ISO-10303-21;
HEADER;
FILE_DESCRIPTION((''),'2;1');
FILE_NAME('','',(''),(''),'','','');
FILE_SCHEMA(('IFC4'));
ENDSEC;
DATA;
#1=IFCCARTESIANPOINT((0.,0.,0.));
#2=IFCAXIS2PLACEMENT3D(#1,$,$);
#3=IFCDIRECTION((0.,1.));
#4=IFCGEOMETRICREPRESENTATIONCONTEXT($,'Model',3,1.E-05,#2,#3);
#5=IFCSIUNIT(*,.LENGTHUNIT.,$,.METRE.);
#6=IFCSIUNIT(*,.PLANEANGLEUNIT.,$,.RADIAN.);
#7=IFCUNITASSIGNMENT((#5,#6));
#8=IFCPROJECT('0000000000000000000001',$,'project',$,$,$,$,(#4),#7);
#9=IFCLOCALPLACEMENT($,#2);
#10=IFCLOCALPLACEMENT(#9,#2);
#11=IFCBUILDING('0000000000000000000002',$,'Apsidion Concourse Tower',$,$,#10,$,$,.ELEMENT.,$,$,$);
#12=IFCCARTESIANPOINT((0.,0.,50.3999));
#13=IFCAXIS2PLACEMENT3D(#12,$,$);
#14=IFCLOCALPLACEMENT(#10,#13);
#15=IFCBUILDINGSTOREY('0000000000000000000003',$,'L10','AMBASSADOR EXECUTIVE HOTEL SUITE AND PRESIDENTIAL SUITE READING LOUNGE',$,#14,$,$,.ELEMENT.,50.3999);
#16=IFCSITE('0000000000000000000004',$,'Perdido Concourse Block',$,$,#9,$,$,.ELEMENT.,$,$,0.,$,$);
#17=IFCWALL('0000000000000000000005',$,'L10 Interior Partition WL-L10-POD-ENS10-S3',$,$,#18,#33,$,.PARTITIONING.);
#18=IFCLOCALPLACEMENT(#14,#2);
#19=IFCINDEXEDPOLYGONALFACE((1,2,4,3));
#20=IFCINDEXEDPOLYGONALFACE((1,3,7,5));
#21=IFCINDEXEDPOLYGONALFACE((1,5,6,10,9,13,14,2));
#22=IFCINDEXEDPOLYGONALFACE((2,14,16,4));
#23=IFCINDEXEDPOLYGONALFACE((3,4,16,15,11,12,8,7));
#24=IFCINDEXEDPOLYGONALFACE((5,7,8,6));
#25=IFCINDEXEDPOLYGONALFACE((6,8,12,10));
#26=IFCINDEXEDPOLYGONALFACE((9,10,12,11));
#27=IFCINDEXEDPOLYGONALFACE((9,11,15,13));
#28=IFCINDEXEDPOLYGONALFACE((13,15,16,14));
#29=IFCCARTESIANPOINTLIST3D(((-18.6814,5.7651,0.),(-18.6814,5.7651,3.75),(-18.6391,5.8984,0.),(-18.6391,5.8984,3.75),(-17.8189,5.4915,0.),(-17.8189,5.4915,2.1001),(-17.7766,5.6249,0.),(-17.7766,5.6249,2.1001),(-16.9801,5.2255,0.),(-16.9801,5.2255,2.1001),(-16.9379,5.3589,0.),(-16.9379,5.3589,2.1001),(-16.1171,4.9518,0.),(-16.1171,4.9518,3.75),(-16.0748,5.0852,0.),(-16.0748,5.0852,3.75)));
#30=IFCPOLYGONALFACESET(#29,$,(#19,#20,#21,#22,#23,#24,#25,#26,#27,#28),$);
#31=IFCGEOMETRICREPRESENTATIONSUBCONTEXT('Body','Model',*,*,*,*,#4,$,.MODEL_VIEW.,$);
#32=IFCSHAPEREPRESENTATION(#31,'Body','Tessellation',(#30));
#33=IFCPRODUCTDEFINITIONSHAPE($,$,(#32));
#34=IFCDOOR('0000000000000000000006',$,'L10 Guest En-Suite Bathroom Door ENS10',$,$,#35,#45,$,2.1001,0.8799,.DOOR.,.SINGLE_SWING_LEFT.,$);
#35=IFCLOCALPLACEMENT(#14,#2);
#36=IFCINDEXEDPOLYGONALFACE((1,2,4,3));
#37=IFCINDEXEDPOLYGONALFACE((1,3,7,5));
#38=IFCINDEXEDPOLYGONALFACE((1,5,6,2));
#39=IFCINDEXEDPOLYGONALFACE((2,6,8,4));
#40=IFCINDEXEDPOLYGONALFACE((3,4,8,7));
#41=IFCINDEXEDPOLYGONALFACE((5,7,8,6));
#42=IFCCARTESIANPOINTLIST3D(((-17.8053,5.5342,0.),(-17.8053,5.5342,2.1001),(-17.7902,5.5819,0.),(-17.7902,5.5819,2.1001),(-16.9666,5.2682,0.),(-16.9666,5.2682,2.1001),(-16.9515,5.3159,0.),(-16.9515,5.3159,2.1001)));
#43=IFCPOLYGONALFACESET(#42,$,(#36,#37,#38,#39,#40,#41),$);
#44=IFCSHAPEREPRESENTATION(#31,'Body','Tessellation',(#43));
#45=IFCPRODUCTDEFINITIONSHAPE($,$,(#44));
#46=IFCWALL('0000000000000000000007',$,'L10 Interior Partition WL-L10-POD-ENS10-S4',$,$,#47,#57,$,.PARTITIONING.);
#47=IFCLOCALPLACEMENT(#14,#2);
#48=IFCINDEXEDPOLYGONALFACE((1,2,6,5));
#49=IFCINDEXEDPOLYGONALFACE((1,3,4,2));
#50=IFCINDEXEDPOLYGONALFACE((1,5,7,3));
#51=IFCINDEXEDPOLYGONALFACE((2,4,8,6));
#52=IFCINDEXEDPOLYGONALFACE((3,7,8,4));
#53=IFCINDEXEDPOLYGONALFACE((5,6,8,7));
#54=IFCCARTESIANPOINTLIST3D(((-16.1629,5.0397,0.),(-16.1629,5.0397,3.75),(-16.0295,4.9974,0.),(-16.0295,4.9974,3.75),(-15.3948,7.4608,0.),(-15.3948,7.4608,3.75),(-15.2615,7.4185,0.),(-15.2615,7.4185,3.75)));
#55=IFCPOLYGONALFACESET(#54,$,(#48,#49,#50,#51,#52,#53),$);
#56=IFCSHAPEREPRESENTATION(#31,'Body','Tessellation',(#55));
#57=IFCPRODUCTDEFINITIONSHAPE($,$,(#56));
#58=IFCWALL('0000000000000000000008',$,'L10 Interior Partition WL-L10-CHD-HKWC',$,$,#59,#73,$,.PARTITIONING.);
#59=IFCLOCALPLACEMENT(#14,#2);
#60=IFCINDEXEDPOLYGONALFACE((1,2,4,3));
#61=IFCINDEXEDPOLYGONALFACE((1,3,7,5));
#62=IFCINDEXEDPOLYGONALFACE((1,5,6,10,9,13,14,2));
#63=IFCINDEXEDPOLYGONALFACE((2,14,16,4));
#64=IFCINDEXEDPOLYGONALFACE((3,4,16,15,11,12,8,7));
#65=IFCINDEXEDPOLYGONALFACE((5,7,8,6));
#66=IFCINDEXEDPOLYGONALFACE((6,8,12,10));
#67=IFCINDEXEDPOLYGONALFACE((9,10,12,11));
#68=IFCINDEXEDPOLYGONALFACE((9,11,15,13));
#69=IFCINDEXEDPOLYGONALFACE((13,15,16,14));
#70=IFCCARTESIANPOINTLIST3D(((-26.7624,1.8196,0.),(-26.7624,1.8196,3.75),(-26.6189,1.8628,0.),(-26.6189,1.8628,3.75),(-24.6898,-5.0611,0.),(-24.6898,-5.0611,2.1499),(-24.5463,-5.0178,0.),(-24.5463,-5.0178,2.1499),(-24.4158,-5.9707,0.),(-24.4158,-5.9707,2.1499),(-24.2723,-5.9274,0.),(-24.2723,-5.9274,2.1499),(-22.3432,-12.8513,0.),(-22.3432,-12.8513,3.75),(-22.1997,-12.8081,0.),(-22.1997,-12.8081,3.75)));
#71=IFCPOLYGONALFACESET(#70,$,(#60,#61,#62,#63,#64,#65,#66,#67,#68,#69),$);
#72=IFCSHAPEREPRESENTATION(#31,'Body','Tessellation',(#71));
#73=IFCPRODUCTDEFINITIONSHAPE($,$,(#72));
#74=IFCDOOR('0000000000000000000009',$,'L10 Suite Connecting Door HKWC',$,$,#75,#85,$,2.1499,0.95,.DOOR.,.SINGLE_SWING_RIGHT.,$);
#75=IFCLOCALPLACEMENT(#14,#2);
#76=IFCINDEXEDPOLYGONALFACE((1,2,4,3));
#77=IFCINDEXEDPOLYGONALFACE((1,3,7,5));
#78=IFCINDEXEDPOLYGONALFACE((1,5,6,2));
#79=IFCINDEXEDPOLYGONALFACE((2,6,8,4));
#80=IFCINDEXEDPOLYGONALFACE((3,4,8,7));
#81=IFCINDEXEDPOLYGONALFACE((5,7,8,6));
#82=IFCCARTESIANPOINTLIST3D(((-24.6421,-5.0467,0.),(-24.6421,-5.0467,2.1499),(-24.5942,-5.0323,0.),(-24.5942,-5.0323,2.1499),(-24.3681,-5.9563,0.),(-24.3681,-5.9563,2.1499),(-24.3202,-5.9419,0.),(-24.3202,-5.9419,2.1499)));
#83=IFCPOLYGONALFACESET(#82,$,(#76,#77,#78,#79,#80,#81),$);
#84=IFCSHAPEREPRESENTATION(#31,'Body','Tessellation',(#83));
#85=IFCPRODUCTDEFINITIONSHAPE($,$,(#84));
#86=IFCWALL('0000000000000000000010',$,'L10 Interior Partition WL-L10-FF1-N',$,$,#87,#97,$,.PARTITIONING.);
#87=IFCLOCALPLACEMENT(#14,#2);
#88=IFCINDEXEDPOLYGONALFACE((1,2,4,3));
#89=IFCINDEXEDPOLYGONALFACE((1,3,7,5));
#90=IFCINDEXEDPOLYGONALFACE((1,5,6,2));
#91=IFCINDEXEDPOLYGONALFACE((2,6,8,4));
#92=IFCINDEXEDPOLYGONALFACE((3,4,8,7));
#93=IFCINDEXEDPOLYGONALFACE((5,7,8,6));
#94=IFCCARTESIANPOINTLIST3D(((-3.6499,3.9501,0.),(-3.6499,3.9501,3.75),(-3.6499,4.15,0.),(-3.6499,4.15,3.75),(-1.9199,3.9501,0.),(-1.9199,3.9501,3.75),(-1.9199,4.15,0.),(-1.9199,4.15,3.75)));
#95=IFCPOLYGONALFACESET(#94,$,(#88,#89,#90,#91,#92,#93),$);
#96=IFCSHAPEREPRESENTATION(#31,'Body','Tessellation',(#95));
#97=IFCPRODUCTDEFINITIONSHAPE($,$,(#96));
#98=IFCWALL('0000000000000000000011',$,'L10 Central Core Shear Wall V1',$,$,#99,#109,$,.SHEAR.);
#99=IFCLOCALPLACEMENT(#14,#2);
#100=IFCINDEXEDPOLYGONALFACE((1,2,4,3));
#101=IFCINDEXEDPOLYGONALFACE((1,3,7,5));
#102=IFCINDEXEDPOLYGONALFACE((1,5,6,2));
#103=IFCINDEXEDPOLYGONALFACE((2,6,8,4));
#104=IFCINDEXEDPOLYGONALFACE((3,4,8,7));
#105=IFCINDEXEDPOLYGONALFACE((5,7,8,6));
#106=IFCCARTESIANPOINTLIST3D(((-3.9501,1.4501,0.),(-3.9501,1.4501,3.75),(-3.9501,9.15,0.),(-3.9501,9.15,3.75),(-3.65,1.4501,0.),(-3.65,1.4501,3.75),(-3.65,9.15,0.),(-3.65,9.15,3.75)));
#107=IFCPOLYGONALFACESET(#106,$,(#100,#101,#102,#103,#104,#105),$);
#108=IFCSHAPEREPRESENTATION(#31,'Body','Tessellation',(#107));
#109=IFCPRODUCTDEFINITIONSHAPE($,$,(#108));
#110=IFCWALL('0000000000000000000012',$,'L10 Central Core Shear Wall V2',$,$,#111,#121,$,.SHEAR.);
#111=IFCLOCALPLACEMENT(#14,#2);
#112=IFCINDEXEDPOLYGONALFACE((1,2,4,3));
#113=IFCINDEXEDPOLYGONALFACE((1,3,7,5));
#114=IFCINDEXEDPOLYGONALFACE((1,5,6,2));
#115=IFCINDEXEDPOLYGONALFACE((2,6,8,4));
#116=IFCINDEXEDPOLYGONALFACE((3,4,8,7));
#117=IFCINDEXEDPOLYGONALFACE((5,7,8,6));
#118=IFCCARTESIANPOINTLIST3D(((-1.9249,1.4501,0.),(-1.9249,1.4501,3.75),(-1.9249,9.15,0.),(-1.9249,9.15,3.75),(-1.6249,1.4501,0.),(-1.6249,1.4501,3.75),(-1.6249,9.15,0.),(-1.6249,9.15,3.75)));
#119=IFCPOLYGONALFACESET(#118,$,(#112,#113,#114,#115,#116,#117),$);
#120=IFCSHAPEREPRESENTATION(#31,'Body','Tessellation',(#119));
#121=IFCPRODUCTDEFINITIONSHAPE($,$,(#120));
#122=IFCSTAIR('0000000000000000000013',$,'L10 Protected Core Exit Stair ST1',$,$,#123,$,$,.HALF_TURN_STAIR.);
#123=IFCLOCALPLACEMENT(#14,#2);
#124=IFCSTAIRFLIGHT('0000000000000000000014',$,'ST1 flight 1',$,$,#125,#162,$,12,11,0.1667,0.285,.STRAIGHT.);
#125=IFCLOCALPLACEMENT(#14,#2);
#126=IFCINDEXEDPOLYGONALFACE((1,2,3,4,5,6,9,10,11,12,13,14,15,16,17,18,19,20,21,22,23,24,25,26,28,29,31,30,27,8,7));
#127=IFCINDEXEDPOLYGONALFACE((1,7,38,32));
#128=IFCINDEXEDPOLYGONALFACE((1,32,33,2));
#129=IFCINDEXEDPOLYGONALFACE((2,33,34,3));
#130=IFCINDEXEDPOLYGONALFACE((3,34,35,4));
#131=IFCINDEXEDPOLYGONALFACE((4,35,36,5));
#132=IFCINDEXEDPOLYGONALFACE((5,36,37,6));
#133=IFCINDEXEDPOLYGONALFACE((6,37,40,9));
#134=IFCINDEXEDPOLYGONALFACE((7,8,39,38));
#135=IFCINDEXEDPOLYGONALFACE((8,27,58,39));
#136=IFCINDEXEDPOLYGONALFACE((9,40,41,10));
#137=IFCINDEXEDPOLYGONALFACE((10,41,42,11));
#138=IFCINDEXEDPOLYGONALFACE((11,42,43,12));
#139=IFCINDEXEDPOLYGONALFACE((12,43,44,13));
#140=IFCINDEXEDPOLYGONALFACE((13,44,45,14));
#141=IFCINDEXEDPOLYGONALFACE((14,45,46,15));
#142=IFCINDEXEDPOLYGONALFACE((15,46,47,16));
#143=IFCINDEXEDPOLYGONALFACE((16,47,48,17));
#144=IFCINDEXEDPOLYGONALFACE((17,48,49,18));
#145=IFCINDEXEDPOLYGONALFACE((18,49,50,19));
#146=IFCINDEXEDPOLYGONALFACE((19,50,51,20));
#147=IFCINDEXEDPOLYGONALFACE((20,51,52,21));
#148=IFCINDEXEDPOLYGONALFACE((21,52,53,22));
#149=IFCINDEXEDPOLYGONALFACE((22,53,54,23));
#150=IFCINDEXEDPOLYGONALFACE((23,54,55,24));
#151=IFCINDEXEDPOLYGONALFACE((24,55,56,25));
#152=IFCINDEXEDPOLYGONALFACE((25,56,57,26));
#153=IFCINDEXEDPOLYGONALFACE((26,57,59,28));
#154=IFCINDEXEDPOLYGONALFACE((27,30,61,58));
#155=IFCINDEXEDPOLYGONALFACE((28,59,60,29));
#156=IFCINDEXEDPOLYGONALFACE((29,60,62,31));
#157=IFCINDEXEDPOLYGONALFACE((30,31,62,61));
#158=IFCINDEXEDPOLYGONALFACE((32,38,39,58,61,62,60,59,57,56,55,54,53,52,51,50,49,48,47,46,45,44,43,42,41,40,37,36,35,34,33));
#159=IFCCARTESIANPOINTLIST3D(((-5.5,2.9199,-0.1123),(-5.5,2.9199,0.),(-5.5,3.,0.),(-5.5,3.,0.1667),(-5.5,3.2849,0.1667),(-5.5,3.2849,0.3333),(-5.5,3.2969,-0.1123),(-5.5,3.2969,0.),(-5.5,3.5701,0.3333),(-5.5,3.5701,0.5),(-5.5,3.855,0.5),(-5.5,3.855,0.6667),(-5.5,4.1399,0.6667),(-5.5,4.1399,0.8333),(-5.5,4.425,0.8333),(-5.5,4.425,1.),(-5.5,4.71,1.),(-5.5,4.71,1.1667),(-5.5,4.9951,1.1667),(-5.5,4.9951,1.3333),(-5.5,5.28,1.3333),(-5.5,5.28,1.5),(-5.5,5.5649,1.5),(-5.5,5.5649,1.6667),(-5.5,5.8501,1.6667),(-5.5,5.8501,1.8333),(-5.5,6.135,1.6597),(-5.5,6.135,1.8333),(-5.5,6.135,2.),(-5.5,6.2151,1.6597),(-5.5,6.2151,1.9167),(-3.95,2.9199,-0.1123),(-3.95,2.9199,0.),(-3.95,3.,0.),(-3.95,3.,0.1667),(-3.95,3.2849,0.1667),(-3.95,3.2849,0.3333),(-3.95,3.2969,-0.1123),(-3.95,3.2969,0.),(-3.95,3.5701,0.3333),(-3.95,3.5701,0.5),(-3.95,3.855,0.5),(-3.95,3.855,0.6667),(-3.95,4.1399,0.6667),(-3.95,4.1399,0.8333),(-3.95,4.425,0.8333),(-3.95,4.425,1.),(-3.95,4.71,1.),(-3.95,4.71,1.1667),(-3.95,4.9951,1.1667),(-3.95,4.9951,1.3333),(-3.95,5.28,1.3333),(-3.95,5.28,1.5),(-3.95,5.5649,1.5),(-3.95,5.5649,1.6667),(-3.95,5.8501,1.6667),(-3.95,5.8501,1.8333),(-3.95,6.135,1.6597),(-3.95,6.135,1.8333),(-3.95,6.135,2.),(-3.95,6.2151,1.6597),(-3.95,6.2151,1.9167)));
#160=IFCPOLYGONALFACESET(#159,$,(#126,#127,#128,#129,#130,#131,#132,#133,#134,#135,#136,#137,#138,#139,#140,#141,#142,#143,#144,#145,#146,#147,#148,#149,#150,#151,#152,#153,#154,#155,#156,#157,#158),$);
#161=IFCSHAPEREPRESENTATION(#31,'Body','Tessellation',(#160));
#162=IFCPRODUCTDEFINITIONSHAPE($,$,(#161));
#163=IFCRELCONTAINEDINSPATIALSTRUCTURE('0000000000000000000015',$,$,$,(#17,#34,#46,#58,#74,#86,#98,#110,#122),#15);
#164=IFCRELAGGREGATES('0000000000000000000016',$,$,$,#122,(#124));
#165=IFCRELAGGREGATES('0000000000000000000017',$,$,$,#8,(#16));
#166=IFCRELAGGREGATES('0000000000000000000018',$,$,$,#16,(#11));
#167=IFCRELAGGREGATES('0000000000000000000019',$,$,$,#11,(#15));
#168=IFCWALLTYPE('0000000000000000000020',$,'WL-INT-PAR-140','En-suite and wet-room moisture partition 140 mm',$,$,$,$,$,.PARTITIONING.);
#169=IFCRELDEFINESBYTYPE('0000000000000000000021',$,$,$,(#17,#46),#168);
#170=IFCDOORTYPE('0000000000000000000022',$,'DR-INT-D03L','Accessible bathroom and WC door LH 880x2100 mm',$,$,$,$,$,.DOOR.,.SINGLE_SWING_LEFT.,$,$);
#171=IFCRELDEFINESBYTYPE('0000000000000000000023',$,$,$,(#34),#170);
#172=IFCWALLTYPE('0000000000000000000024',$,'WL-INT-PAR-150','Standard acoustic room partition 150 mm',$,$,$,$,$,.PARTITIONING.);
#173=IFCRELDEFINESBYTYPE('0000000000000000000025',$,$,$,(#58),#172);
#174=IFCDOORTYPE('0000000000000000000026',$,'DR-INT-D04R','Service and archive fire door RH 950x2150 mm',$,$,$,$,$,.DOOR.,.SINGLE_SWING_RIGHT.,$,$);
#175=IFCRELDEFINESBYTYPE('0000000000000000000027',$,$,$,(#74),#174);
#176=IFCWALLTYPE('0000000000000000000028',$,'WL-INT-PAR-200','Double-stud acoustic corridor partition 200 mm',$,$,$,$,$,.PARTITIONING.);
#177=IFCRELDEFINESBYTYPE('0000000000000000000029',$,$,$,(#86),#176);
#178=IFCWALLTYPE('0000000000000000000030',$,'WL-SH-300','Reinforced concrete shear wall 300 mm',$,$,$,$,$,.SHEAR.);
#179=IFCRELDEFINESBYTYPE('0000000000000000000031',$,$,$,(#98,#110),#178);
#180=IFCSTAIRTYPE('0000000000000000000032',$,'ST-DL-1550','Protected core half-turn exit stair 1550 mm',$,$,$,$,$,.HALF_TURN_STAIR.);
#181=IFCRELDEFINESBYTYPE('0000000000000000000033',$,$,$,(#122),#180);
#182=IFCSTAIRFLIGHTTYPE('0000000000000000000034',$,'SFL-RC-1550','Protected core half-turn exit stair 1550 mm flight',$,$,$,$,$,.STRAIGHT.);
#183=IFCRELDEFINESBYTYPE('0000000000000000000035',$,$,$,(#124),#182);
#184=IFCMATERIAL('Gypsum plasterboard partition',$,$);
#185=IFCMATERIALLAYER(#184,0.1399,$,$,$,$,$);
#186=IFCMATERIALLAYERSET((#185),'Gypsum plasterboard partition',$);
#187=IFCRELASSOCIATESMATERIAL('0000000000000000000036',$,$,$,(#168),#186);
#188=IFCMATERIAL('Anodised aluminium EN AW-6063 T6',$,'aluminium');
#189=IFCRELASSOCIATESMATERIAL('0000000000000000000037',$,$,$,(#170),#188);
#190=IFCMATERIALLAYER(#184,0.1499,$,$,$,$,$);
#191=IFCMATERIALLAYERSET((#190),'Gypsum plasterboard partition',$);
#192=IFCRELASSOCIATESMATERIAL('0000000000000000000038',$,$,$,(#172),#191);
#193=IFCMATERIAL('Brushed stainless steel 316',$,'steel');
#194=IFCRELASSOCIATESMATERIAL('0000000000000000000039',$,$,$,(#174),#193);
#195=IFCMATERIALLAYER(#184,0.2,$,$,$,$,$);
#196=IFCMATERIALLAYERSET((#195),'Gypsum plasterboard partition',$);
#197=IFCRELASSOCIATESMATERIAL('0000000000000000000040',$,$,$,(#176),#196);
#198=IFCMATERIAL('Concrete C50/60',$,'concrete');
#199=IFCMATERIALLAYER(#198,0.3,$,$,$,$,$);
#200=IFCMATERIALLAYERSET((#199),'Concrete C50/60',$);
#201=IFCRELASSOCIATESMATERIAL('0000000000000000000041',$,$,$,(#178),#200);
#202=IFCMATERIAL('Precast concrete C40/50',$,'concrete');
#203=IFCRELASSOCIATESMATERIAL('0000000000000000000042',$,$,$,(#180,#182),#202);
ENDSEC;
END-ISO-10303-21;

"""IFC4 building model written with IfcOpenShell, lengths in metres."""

from ifc_helpers import new_model, si_unit, direction, frame, frame_2d, origin, place, context, subcontext, project, spatial, polyline, rectangle, outline, extrude, material, layer, layer_set, type_object, element, fill, aggregate, save


model = new_model("IFC4")

# Units and contexts
model_context = context("Model", 3, precision=1e-05, world=origin(), true_north=direction((0.0, 1.0)))
body_context = subcontext(model_context, "Body", "Model", "MODEL_VIEW")
ifc_project = project(units=[si_unit("LENGTHUNIT", "METRE"), si_unit("PLANEANGLEUNIT", "RADIAN")], contexts=[model_context])

# Site, building, storey
site_placement = place(None, origin())
site = spatial("IfcSite", under=ifc_project, at=site_placement, Name="Perdido Concourse Block", CompositionType="ELEMENT", RefElevation=0.0)
building_placement = place(site_placement, origin())
building = spatial("IfcBuilding", under=site, at=building_placement, Name="Apsidion Concourse Tower", CompositionType="ELEMENT")
storey_placement = place(building_placement, frame((0.0, 0.0, 50.3999)))
storey = spatial("IfcBuildingStorey", under=building, at=storey_placement, Name="L10", Description="AMBASSADOR EXECUTIVE HOTEL SUITE AND PRESIDENTIAL SUITE READING LOUNGE", CompositionType="ELEMENT", Elevation=50.3999)

# Shared definitions
ifc_material_1 = material(Name="Concrete C50/60", Category="concrete")

# Shared definitions
ifc_material_2 = material(Name="Gypsum plasterboard partition")
ifc_layer_1 = layer(ifc_material_2, 0.1399)
ifc_layer_set_1 = layer_set([ifc_layer_1], Name="Gypsum plasterboard partition")
wall_type_1 = type_object("IfcWallType", Name="WL-INT-PAR-140", Description="En-suite and wet-room moisture partition 140 mm", PredefinedType="PARTITIONING", material=ifc_layer_set_1)

# Wall, opening, door
wall_1_placement = place(storey_placement, frame((-18.6604, 5.8318, 0.0), z_axis=(0.0, 0.0, 1.0), x_axis=(0.95321, -0.302308, 0.0)))
wall_1 = element("IfcWall", 1, at=wall_1_placement, inside=storey, type_object=wall_type_1, Name="L10 Interior Partition WL-L10-POD-ENS10-S3", PredefinedType="PARTITIONING", context=body_context, shape_type="SweptSolid", body=[
    extrude(rectangle(XDim=2.6902, YDim=0.1399, at=frame_2d((1.3452, 0.0))), origin(), (0.0, 0.0, 1.0), 3.75),
])
opening_1_placement = place(wall_1_placement, frame((0.905, 0.0, 0.0)))
opening_1 = element("IfcOpeningElement", 2, at=opening_1_placement, cuts=wall_1, PredefinedType="OPENING", context=body_context, shape_type="SweptSolid", body=[
    extrude(rectangle(XDim=0.8799, YDim=2.1001, at=frame_2d((0.4399, 1.05))), frame((0.0, 0.0801, 0.0), z_axis=(0.0, -1.0, 0.0), x_axis=(1.0, 0.0, 0.0)), (0.0, 0.0, 1.0), 0.1599),
])
ifc_material_3 = material(Name="Anodised aluminium EN AW-6063 T6", Category="aluminium")
door_type_1 = type_object("IfcDoorType", Name="DR-INT-D03L", Description="Accessible bathroom and WC door LH 880x2100 mm", OperationType="SINGLE_SWING_LEFT", PredefinedType="DOOR", material=ifc_material_3)
door_1_placement = place(opening_1_placement, origin())
door_1 = element("IfcDoor", 3, at=door_1_placement, inside=storey, type_object=door_type_1, Name="L10 Guest En-Suite Bathroom Door ENS10", OperationType="SINGLE_SWING_LEFT", OverallHeight=2.1001, OverallWidth=0.8799, PredefinedType="DOOR", context=body_context, shape_type="SweptSolid", body=[
    extrude(rectangle(XDim=0.8799, YDim=2.1001, at=frame_2d((0.4399, 1.05))), frame((0.0, 0.0249, 0.0), z_axis=(0.0, -1.0, 0.0), x_axis=(1.0, 0.0, 0.0)), (0.0, 0.0, 1.0), 0.05),
])
fill(opening_1, door_1)

# Wall
wall_2_placement = place(storey_placement, frame((-16.0962, 5.0186, 0.0), z_axis=(0.0, 0.0, 1.0), x_axis=(0.302382, 0.953187, 0.0)))
element("IfcWall", 4, at=wall_2_placement, inside=storey, type_object=wall_type_1, Name="L10 Interior Partition WL-L10-POD-ENS10-S4", PredefinedType="PARTITIONING", context=body_context, shape_type="SweptSolid", body=[
    extrude(rectangle(XDim=2.54, YDim=0.1399, at=frame_2d((1.27, 0.0))), origin(), (0.0, 0.0, 1.0), 3.75),
])

# Wall, opening, door
ifc_layer_2 = layer(ifc_material_2, 0.1499)
ifc_layer_set_2 = layer_set([ifc_layer_2], Name="Gypsum plasterboard partition")
wall_type_2 = type_object("IfcWallType", Name="WL-INT-PAR-150", Description="Standard acoustic room partition 150 mm", PredefinedType="PARTITIONING", material=ifc_layer_set_2)
wall_3_placement = place(storey_placement, frame((-26.6907, 1.8413, 0.0), z_axis=(0.0, 0.0, 1.0), x_axis=(0.288421, -0.957504, 0.0)))
wall_3 = element("IfcWall", 5, at=wall_3_placement, inside=storey, type_object=wall_type_2, Name="L10 Interior Partition WL-L10-CHD-HKWC", PredefinedType="PARTITIONING", context=body_context, shape_type="SweptSolid", body=[
    extrude(rectangle(XDim=15.322, YDim=0.1499, at=frame_2d((7.6611, 0.0))), origin(), (0.0, 0.0, 1.0), 3.75),
])
opening_2_placement = place(wall_3_placement, frame((7.186, 0.0, 0.0)))
opening_2 = element("IfcOpeningElement", 6, at=opening_2_placement, cuts=wall_3, PredefinedType="OPENING", context=body_context, shape_type="SweptSolid", body=[
    extrude(rectangle(XDim=0.95, YDim=2.1499, at=frame_2d((0.4751, 1.075))), frame((0.0, 0.085, 0.0), z_axis=(0.0, -1.0, 0.0), x_axis=(1.0, 0.0, 0.0)), (0.0, 0.0, 1.0), 0.1699),
])
ifc_material_4 = material(Name="Brushed stainless steel 316", Category="steel")
door_type_2 = type_object("IfcDoorType", Name="DR-INT-D04R", Description="Service and archive fire door RH 950x2150 mm", OperationType="SINGLE_SWING_RIGHT", PredefinedType="DOOR", material=ifc_material_4)
door_2_placement = place(opening_2_placement, origin())
door_2 = element("IfcDoor", 7, at=door_2_placement, inside=storey, type_object=door_type_2, Name="L10 Suite Connecting Door HKWC", OperationType="SINGLE_SWING_RIGHT", OverallHeight=2.1499, OverallWidth=0.95, PredefinedType="DOOR", context=body_context, shape_type="SweptSolid", body=[
    extrude(rectangle(XDim=0.95, YDim=2.1499, at=frame_2d((0.4751, 1.075))), frame((0.0, 0.0249, 0.0), z_axis=(0.0, -1.0, 0.0), x_axis=(1.0, 0.0, 0.0)), (0.0, 0.0, 1.0), 0.05),
])
fill(opening_2, door_2)

# Walls
ifc_layer_3 = layer(ifc_material_2, 0.2)
ifc_layer_set_3 = layer_set([ifc_layer_3], Name="Gypsum plasterboard partition")
wall_type_3 = type_object("IfcWallType", Name="WL-INT-PAR-200", Description="Double-stud acoustic corridor partition 200 mm", PredefinedType="PARTITIONING", material=ifc_layer_set_3)
wall_4_placement = place(storey_placement, frame((-3.6499, 4.05, 0.0), z_axis=(0.0, 0.0, 1.0), x_axis=(1.0, 0.0, 0.0)))
element("IfcWall", 8, at=wall_4_placement, inside=storey, type_object=wall_type_3, Name="L10 Interior Partition WL-L10-FF1-N", PredefinedType="PARTITIONING", context=body_context, shape_type="SweptSolid", body=[
    extrude(rectangle(XDim=1.73, YDim=0.2, at=frame_2d((0.865, 0.0))), origin(), (0.0, 0.0, 1.0), 3.75),
])
ifc_layer_4 = layer(ifc_material_1, 0.3)
ifc_layer_set_4 = layer_set([ifc_layer_4], Name="Concrete C50/60")
wall_type_4 = type_object("IfcWallType", Name="WL-SH-300", Description="Reinforced concrete shear wall 300 mm", PredefinedType="SHEAR", material=ifc_layer_set_4)
for number, where, z_axis, x_axis, name in (
    (9, (-3.8, 1.45, 0.0), (0.0, 0.0, 1.0), (0.0, 1.0, 0.0), "L10 Central Core Shear Wall V1"),
    (10, (-1.7749, 1.45, 0.0), (0.0, 0.0, 1.0), (0.0, 1.0, 0.0), "L10 Central Core Shear Wall V2"),
):
    element("IfcWall", number, at=place(storey_placement, frame(where, z_axis=z_axis, x_axis=x_axis)), inside=storey, type_object=wall_type_4, Name=name, PredefinedType="SHEAR", context=body_context, shape_type="SweptSolid", body=[
        extrude(rectangle(XDim=7.7, YDim=0.3, at=frame_2d((3.8501, 0.0))), origin(), (0.0, 0.0, 1.0), 3.75),
    ])

# Stair, stair flight
ifc_material_5 = material(Name="Precast concrete C40/50", Category="concrete")
stair_type = type_object("IfcStairType", Name="ST-DL-1550", Description="Protected core half-turn exit stair 1550 mm", PredefinedType="HALF_TURN_STAIR", material=ifc_material_5)
stair_placement = place(storey_placement, origin())
stair = element("IfcStair", 11, at=stair_placement, inside=storey, type_object=stair_type, Name="L10 Protected Core Exit Stair ST1", PredefinedType="HALF_TURN_STAIR")
stair_flight_type = type_object("IfcStairFlightType", Name="SFL-RC-1550", Description="Protected core half-turn exit stair 1550 mm flight", PredefinedType="STRAIGHT", material=ifc_material_5)
stair_flight_1_placement = place(storey_placement, frame((-4.7251, 3.0, 0.0), z_axis=(0.0, 0.0, 1.0), x_axis=(0.0, 1.0, 0.0)))
stair_flight_1 = element("IfcStairFlight", 12, at=stair_flight_1_placement, type_object=stair_flight_type, Name="ST1 flight 1", NumberOfRisers=12, NumberOfTreads=11, PredefinedType="STRAIGHT", RiserHeight=0.1667, TreadLength=0.285, context=body_context, shape_type="SweptSolid", body=[
    extrude(outline(polyline([(-0.0801, -0.1123), (-0.0801, 0.0), (0.0, 0.0), (0.0, 0.1667), (0.2849, 0.1667), (0.2849, 0.3333), (0.5701, 0.3333), (0.5701, 0.5), (0.855, 0.5), (0.855, 0.6667), (1.1399, 0.6667), (1.1399, 0.8333), (1.425, 0.8333), (1.425, 1.0), (1.71, 1.0), (1.71, 1.1667), (1.9951, 1.1667), (1.9951, 1.3333), (2.28, 1.3333), (2.28, 1.5), (2.5649, 1.5), (2.5649, 1.6667), (2.8501, 1.6667), (2.8501, 1.8333), (3.135, 1.8333), (3.135, 2.0), (3.2151, 1.9167), (3.2151, 1.6597), (3.135, 1.6597), (0.2969, 0.0), (0.2969, -0.1123), (-0.0801, -0.1123)])), frame((0.0, 0.7749, 0.0), z_axis=(0.0, -1.0, 0.0), x_axis=(1.0, 0.0, 0.0)), (0.0, 0.0, 1.0), 1.55),
])
aggregate(stair, [stair_flight_1])

save(model, "model.ifc")
